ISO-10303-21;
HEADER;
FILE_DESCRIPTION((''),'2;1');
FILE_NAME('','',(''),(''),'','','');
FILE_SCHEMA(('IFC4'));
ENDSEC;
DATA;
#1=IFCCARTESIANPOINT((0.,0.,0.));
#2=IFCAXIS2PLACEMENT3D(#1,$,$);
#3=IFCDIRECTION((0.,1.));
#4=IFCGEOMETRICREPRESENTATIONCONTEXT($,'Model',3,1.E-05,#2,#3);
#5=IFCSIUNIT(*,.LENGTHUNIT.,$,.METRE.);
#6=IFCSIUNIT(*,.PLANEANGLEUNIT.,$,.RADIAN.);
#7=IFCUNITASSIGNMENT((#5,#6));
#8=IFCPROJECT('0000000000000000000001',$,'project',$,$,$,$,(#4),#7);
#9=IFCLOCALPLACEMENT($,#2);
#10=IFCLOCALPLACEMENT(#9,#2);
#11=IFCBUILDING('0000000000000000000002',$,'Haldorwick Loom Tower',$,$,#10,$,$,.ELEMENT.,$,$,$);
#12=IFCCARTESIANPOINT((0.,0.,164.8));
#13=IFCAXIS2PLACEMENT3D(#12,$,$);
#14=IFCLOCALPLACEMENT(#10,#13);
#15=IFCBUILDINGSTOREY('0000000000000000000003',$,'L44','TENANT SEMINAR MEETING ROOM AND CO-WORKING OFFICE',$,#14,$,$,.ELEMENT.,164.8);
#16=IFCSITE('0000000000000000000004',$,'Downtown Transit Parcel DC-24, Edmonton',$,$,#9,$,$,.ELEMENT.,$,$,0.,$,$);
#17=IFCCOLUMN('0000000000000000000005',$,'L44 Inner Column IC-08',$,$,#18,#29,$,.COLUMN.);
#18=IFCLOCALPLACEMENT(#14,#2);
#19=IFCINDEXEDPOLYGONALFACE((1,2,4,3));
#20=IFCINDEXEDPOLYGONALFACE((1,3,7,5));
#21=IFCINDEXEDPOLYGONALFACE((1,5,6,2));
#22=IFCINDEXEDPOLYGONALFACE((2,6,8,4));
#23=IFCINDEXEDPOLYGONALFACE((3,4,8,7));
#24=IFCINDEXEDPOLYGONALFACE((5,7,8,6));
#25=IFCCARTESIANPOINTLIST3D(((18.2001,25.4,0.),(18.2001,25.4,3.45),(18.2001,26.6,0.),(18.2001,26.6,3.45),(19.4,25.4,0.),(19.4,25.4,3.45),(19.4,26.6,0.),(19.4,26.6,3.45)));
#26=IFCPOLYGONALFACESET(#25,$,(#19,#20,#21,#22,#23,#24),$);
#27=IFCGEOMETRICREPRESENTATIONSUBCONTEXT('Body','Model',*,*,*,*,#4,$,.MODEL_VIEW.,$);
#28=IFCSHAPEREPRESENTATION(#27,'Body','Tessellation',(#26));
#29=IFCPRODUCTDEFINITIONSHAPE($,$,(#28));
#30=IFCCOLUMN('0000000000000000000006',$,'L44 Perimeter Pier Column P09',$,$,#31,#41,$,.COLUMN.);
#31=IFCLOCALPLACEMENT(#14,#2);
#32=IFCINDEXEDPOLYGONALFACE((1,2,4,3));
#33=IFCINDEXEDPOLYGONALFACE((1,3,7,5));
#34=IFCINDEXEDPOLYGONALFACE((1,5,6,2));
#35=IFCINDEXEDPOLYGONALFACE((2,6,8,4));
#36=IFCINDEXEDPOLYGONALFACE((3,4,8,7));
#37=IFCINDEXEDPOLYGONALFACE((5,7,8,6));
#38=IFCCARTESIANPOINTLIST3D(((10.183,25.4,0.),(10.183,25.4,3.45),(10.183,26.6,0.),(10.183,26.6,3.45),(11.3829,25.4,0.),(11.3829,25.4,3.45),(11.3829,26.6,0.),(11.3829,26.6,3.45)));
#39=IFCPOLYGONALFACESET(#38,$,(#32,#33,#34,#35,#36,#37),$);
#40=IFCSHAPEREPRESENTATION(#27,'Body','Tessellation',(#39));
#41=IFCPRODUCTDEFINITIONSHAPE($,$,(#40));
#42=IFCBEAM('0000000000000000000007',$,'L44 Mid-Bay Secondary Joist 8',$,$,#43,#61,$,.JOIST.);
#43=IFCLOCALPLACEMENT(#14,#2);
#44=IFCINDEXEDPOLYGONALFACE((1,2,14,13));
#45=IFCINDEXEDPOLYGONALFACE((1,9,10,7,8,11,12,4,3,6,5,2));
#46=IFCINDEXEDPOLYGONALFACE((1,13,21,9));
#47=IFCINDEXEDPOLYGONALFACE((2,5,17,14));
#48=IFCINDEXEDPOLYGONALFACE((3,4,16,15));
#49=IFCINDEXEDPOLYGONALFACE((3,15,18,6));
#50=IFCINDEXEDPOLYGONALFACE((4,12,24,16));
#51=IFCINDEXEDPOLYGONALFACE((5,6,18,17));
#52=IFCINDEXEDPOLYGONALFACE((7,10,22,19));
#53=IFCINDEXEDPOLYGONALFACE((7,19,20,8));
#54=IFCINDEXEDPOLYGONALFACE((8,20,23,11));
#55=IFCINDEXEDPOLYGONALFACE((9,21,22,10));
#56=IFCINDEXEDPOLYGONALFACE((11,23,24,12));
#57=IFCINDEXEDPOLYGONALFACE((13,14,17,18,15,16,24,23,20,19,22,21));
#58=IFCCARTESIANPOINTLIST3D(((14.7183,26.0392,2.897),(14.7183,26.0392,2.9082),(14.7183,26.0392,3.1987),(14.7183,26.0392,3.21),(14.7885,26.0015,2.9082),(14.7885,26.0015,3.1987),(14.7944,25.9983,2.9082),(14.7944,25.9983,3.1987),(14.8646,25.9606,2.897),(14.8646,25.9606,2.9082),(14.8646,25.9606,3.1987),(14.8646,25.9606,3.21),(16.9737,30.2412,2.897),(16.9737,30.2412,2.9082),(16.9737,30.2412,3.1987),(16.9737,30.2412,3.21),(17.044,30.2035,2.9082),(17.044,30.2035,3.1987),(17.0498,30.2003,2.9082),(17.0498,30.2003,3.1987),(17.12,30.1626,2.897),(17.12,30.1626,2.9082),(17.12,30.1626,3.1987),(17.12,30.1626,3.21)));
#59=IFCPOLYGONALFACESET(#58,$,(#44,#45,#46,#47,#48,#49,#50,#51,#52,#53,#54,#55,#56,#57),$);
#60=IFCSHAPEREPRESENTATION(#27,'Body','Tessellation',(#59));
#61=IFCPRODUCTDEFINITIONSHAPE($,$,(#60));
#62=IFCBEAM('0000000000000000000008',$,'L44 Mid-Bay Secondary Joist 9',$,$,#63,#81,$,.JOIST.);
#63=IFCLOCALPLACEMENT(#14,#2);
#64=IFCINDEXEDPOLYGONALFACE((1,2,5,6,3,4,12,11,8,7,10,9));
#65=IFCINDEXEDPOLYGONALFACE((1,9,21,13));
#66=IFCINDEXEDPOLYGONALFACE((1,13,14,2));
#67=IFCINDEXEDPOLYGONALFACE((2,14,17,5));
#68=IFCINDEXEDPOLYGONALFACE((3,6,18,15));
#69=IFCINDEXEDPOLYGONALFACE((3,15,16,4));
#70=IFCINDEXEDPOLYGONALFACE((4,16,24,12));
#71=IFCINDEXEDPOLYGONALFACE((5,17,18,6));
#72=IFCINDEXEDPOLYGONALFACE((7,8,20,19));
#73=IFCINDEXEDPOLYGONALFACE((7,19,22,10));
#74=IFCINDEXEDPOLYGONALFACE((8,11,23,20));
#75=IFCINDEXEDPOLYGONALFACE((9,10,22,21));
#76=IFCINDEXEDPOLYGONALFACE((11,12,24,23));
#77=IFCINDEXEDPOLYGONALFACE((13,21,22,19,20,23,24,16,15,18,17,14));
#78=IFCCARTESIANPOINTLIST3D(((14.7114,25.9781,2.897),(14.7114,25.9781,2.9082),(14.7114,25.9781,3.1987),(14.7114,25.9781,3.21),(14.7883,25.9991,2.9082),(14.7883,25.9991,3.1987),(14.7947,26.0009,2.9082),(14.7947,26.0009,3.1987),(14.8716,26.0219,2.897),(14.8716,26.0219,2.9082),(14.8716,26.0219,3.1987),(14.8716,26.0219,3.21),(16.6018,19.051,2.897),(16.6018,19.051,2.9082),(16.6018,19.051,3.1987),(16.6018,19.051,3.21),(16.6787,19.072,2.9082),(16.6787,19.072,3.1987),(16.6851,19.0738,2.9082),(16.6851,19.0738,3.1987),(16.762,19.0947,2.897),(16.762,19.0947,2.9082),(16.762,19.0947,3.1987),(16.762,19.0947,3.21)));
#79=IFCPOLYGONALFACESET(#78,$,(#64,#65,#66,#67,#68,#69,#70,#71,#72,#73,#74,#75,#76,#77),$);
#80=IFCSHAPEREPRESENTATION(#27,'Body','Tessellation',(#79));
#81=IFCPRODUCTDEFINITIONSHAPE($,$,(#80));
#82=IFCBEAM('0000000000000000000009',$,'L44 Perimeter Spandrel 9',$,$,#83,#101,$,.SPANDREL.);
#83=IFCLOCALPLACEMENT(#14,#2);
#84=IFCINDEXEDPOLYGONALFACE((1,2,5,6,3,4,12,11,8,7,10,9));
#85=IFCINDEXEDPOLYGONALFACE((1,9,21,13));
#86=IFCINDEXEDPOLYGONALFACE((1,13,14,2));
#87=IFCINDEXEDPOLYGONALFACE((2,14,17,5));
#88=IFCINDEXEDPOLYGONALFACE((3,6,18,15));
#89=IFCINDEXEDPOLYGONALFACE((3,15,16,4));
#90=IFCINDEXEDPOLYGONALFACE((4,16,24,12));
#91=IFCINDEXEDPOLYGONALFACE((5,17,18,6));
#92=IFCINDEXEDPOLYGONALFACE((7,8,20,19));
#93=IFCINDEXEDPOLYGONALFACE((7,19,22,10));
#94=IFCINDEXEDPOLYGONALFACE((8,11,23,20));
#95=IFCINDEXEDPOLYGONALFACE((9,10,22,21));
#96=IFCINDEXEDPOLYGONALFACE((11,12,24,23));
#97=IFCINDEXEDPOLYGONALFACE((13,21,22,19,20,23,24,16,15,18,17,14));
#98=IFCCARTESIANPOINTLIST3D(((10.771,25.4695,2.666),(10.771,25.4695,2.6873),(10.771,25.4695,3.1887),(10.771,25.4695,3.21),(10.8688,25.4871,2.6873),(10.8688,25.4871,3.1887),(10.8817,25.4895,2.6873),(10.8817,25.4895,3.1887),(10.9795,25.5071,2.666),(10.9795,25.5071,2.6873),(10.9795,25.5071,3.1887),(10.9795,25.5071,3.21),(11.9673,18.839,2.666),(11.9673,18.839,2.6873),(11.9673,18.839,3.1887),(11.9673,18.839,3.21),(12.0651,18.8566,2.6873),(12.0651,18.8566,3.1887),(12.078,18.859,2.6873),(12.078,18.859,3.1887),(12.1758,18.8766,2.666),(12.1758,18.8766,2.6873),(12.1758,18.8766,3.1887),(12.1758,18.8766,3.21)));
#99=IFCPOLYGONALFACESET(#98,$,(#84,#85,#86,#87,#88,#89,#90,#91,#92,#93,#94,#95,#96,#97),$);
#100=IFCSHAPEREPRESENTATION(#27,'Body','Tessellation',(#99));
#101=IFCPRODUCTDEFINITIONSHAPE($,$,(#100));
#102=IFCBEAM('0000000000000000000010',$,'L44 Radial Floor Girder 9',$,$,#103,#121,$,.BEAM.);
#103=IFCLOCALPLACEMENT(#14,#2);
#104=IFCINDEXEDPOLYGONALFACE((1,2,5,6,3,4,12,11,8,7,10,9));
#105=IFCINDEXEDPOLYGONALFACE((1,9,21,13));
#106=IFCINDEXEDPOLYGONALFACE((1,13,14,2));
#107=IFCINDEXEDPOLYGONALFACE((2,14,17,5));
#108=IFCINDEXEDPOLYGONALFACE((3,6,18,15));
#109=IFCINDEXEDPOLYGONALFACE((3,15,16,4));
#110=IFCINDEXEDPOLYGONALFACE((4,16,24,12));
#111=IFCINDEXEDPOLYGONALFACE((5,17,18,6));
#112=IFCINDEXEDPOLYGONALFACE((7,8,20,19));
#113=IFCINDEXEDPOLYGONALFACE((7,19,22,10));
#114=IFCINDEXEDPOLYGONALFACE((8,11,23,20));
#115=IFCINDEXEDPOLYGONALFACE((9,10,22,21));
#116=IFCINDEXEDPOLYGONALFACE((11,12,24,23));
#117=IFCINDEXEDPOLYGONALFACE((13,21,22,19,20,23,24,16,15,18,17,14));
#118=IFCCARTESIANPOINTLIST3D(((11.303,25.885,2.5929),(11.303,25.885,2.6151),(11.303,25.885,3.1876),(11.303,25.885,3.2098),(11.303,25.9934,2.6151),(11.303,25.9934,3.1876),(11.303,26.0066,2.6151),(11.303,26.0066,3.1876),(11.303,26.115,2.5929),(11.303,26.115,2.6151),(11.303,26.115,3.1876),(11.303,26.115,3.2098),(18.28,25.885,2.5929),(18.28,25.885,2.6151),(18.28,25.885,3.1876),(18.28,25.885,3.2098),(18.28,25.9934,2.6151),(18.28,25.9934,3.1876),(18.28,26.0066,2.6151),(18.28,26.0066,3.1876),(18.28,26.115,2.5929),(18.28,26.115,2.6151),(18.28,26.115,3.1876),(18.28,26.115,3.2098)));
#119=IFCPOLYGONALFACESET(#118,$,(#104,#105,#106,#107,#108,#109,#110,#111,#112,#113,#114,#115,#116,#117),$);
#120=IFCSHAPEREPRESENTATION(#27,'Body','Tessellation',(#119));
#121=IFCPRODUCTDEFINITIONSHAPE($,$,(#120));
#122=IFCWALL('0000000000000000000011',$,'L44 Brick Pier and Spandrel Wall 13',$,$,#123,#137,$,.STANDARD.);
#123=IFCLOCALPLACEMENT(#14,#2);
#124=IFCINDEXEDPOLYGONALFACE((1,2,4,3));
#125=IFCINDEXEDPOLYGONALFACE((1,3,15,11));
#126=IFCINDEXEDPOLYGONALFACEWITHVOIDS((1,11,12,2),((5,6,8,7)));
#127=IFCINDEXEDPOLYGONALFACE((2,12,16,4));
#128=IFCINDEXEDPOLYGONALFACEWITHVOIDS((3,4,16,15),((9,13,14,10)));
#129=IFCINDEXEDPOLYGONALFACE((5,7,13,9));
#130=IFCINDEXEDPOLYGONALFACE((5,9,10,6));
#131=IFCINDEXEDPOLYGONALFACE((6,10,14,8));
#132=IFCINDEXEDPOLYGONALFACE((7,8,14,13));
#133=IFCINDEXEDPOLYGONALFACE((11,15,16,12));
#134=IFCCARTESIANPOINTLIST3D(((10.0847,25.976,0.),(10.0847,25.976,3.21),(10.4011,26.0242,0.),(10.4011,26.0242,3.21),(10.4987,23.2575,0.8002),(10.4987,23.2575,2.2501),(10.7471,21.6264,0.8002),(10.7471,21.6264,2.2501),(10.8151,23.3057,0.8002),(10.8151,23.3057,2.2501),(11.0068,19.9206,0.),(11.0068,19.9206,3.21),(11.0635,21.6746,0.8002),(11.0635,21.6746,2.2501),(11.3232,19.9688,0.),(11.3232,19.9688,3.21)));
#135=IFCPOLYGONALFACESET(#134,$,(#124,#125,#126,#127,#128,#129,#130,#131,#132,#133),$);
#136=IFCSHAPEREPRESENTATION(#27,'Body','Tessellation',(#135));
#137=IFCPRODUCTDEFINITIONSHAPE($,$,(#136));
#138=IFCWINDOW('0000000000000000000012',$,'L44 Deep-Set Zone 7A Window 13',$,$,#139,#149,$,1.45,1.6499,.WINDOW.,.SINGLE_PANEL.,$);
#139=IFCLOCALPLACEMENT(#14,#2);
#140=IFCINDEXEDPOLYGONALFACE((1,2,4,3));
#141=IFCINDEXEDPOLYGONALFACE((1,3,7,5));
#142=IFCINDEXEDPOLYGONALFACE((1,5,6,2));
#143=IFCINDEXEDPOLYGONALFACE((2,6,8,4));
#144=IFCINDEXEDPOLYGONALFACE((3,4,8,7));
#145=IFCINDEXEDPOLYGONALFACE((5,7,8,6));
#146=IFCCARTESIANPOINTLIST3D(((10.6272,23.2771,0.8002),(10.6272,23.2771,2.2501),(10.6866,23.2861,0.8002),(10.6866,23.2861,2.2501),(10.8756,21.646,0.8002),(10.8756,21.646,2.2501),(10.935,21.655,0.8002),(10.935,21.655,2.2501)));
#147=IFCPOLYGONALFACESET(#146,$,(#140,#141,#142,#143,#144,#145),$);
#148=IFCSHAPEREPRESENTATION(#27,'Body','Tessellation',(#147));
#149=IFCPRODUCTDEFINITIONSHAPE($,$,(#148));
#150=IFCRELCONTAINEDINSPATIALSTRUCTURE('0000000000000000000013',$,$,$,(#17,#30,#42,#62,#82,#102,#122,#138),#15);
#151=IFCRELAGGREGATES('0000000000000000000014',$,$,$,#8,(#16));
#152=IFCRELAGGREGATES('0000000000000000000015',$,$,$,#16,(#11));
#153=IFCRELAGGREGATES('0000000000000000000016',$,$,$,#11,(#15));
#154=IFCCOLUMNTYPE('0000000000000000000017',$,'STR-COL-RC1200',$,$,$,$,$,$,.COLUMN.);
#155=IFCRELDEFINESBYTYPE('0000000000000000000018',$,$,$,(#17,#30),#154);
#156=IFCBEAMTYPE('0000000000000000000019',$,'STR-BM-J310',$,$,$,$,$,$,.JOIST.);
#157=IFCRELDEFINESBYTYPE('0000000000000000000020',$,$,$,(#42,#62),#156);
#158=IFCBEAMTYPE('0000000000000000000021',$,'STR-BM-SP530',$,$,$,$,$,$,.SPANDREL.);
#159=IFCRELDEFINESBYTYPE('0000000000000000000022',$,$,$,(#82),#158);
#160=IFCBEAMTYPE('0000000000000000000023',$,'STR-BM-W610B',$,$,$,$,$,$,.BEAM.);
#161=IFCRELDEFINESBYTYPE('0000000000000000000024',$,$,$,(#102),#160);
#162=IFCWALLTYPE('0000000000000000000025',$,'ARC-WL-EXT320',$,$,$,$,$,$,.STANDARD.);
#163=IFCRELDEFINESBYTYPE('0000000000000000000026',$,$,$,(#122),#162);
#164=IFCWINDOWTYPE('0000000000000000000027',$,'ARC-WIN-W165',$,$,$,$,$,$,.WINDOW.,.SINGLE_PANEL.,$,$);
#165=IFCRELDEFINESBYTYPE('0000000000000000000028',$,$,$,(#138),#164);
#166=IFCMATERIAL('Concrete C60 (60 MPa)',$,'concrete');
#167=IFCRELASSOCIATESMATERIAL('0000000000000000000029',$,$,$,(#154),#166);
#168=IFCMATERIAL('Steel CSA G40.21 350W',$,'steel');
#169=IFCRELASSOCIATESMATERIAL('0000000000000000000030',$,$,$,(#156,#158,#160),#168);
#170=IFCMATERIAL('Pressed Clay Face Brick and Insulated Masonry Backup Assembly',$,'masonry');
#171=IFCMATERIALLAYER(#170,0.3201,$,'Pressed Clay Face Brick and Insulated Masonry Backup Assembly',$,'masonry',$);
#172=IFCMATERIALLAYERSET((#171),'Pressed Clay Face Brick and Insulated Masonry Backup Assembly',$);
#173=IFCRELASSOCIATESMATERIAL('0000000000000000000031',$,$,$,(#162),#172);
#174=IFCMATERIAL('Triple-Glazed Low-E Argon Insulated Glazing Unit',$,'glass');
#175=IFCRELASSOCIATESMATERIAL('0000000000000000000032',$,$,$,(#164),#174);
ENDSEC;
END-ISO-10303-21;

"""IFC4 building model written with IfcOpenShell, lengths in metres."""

from ifc_helpers import new_model, si_unit, direction, frame, frame_2d, origin, origin_2d, place, context, subcontext, project, spatial, rectangle, i_section, extrude, material, layer, layer_set, material_profile, profile_set, type_object, element, fill, save


model = new_model("IFC4")

# Units and contexts
model_context = context("Model", 3, precision=1e-05, world=origin(), true_north=direction((0.0, 1.0)))
body_context = subcontext(model_context, "Body", "Model", "MODEL_VIEW")
ifc_project = project(units=[si_unit("LENGTHUNIT", "METRE"), si_unit("PLANEANGLEUNIT", "RADIAN")], contexts=[model_context])

# Site, building, storey
site_placement = place(None, origin())
site = spatial("IfcSite", under=ifc_project, at=site_placement, Name="Downtown Transit Parcel DC-24, Edmonton", CompositionType="ELEMENT", RefElevation=0.0)
building_placement = place(site_placement, origin())
building = spatial("IfcBuilding", under=site, at=building_placement, Name="Haldorwick Loom Tower", CompositionType="ELEMENT")
storey_placement = place(building_placement, frame((0.0, 0.0, 164.8)))
storey = spatial("IfcBuildingStorey", under=building, at=storey_placement, Name="L44", Description="TENANT SEMINAR MEETING ROOM AND CO-WORKING OFFICE", CompositionType="ELEMENT", Elevation=164.8)

# Columns
ifc_material_1 = material(Name="Concrete C60 (60 MPa)", Category="concrete")
ifc_material_profile_1 = material_profile(ifc_material_1, rectangle(XDim=1.2, YDim=1.2, at=origin_2d()), Name="RC1200X1200", Category="concrete")
ifc_profile_set_1 = profile_set([ifc_material_profile_1], Name="Concrete C60 (60 MPa)")
column_type = type_object("IfcColumnType", Name="STR-COL-RC1200", PredefinedType="COLUMN", material=ifc_profile_set_1)
for number, where, z_axis, x_axis, name in (
    (1, (18.8, 26.0, 0.0), (0.0, 0.0, 1.0), (1.0, 0.0, 0.0), "L44 Inner Column IC-08"),
    (2, (10.783, 26.0, 0.0), (0.0, 0.0, 1.0), (-1.0, 0.0, 0.0), "L44 Perimeter Pier Column P09"),
):
    element("IfcColumn", number, at=place(storey_placement, frame(where, z_axis=z_axis, x_axis=x_axis)), inside=storey, type_object=column_type, Name=name, PredefinedType="COLUMN", context=body_context, shape_type="SweptSolid", body=[
        extrude(rectangle(XDim=1.2, YDim=1.2, at=origin_2d()), origin(), (0.0, 0.0, 1.0), 3.45),
    ])

# Beams
ifc_material_2 = material(Name="Steel CSA G40.21 350W", Category="steel")
ifc_material_profile_2 = material_profile(ifc_material_2, i_section(OverallWidth=0.166, OverallDepth=0.313, WebThickness=0.0066, FlangeThickness=0.0112, at=origin_2d()), Name="W310X45", Category="steel")
ifc_profile_set_2 = profile_set([ifc_material_profile_2], Name="Steel CSA G40.21 350W")
beam_type_1 = type_object("IfcBeamType", Name="STR-BM-J310", PredefinedType="JOIST", material=ifc_profile_set_2)
beam_1_placement = place(storey_placement, frame((17.0469, 30.2019, 3.0535), z_axis=(-0.47293, -0.8811, 0.0), x_axis=(0.8811, -0.47293, 0.0)))
element("IfcBeam", 3, at=beam_1_placement, inside=storey, type_object=beam_type_1, Name="L44 Mid-Bay Secondary Joist 8", PredefinedType="JOIST", context=body_context, shape_type="SweptSolid", body=[
    extrude(i_section(OverallWidth=0.166, OverallDepth=0.313, WebThickness=0.0066, FlangeThickness=0.0112, at=origin_2d()), origin(), (0.0, 0.0, 1.0), 4.769),
])
beam_2_placement = place(storey_placement, frame((14.7915, 26.0, 3.0535), z_axis=(0.263273, -0.964721, 0.0), x_axis=(0.964721, 0.263273, 0.0)))
element("IfcBeam", 4, at=beam_2_placement, inside=storey, type_object=beam_type_1, Name="L44 Mid-Bay Secondary Joist 9", PredefinedType="JOIST", context=body_context, shape_type="SweptSolid", body=[
    extrude(i_section(OverallWidth=0.166, OverallDepth=0.313, WebThickness=0.0066, FlangeThickness=0.0112, at=origin_2d()), origin(), (0.0, 0.0, 1.0), 7.1804),
])
ifc_material_profile_3 = material_profile(ifc_material_2, i_section(OverallWidth=0.2119, OverallDepth=0.5439, WebThickness=0.0132, FlangeThickness=0.0212, at=origin_2d()), Name="W530X123", Category="steel")
ifc_profile_set_3 = profile_set([ifc_material_profile_3], Name="Steel CSA G40.21 350W")
beam_type_2 = type_object("IfcBeamType", Name="STR-BM-SP530", PredefinedType="SPANDREL", material=ifc_profile_set_3)
beam_3_placement = place(storey_placement, frame((10.8752, 25.4883, 2.938), z_axis=(0.177559, -0.98411, 0.0), x_axis=(0.98411, 0.177559, 0.0)))
element("IfcBeam", 5, at=beam_3_placement, inside=storey, type_object=beam_type_2, Name="L44 Perimeter Spandrel 9", PredefinedType="SPANDREL", context=body_context, shape_type="SweptSolid", body=[
    extrude(i_section(OverallWidth=0.2119, OverallDepth=0.5439, WebThickness=0.0132, FlangeThickness=0.0212, at=origin_2d()), origin(), (0.0, 0.0, 1.0), 6.7375),
])
ifc_material_profile_4 = material_profile(ifc_material_2, i_section(OverallWidth=0.23, OverallDepth=0.6169, WebThickness=0.0132, FlangeThickness=0.0222, at=origin_2d()), Name="W610X140", Category="steel")
ifc_profile_set_4 = profile_set([ifc_material_profile_4], Name="Steel CSA G40.21 350W")
beam_type_3 = type_object("IfcBeamType", Name="STR-BM-W610B", PredefinedType="BEAM", material=ifc_profile_set_4)
beam_4_placement = place(storey_placement, frame((18.28, 26.0, 2.9014), z_axis=(-1.0, 0.0, 0.0), x_axis=(0.0, -1.0, 0.0)))
element("IfcBeam", 6, at=beam_4_placement, inside=storey, type_object=beam_type_3, Name="L44 Radial Floor Girder 9", PredefinedType="BEAM", context=body_context, shape_type="SweptSolid", body=[
    extrude(i_section(OverallWidth=0.23, OverallDepth=0.6169, WebThickness=0.0132, FlangeThickness=0.0222, at=origin_2d()), origin(), (0.0, 0.0, 1.0), 6.9771),
])

# Wall, opening, window
ifc_material_3 = material(Name="Pressed Clay Face Brick and Insulated Masonry Backup Assembly", Category="masonry")
ifc_layer_1 = layer(ifc_material_3, 0.3201, Name="Pressed Clay Face Brick and Insulated Masonry Backup Assembly", Category="masonry")
ifc_layer_set_1 = layer_set([ifc_layer_1], Name="Pressed Clay Face Brick and Insulated Masonry Backup Assembly")
wall_type_1 = type_object("IfcWallType", Name="ARC-WL-EXT320", PredefinedType="STANDARD", material=ifc_layer_set_1)
wall_1_placement = place(storey_placement, frame((10.2429, 26.0, 0.0), z_axis=(0.0, 0.0, 1.0), x_axis=(0.150544, -0.988603, 0.0)))
wall_1 = element("IfcWall", 7, at=wall_1_placement, inside=storey, type_object=wall_type_1, Name="L44 Brick Pier and Spandrel Wall 13", PredefinedType="STANDARD", context=body_context, shape_type="SweptSolid", body=[
    extrude(rectangle(XDim=6.1252, YDim=0.3201, at=frame_2d((3.0625, 0.0))), origin(), (0.0, 0.0, 1.0), 3.21),
])
opening_1_placement = place(wall_1_placement, frame((2.7498, 0.0, 0.8)))
opening_1 = element("IfcOpeningElement", 8, at=opening_1_placement, cuts=wall_1, PredefinedType="OPENING", context=body_context, shape_type="SweptSolid", body=[
    extrude(rectangle(XDim=1.6499, YDim=1.45, at=frame_2d((0.825, 0.7251))), frame((0.0, 0.1699, 0.0), z_axis=(0.0, -1.0, 0.0), x_axis=(1.0, 0.0, 0.0)), (0.0, 0.0, 1.0), 0.3401),
])
ifc_material_4 = material(Name="Triple-Glazed Low-E Argon Insulated Glazing Unit", Category="glass")
window_type = type_object("IfcWindowType", Name="ARC-WIN-W165", PartitioningType="SINGLE_PANEL", PredefinedType="WINDOW", material=ifc_material_4)
window_placement = place(opening_1_placement, origin())
window = element("IfcWindow", 9, at=window_placement, inside=storey, type_object=window_type, Name="L44 Deep-Set Zone 7A Window 13", OverallHeight=1.45, OverallWidth=1.6499, PartitioningType="SINGLE_PANEL", PredefinedType="WINDOW", context=body_context, shape_type="SweptSolid", body=[
    extrude(rectangle(XDim=1.6499, YDim=1.45, at=frame_2d((0.825, 0.7251))), frame((0.0, 0.03, 0.0), z_axis=(0.0, -1.0, 0.0), x_axis=(1.0, 0.0, 0.0)), (0.0, 0.0, 1.0), 0.0601),
])
fill(opening_1, window)

save(model, "model.ifc")
